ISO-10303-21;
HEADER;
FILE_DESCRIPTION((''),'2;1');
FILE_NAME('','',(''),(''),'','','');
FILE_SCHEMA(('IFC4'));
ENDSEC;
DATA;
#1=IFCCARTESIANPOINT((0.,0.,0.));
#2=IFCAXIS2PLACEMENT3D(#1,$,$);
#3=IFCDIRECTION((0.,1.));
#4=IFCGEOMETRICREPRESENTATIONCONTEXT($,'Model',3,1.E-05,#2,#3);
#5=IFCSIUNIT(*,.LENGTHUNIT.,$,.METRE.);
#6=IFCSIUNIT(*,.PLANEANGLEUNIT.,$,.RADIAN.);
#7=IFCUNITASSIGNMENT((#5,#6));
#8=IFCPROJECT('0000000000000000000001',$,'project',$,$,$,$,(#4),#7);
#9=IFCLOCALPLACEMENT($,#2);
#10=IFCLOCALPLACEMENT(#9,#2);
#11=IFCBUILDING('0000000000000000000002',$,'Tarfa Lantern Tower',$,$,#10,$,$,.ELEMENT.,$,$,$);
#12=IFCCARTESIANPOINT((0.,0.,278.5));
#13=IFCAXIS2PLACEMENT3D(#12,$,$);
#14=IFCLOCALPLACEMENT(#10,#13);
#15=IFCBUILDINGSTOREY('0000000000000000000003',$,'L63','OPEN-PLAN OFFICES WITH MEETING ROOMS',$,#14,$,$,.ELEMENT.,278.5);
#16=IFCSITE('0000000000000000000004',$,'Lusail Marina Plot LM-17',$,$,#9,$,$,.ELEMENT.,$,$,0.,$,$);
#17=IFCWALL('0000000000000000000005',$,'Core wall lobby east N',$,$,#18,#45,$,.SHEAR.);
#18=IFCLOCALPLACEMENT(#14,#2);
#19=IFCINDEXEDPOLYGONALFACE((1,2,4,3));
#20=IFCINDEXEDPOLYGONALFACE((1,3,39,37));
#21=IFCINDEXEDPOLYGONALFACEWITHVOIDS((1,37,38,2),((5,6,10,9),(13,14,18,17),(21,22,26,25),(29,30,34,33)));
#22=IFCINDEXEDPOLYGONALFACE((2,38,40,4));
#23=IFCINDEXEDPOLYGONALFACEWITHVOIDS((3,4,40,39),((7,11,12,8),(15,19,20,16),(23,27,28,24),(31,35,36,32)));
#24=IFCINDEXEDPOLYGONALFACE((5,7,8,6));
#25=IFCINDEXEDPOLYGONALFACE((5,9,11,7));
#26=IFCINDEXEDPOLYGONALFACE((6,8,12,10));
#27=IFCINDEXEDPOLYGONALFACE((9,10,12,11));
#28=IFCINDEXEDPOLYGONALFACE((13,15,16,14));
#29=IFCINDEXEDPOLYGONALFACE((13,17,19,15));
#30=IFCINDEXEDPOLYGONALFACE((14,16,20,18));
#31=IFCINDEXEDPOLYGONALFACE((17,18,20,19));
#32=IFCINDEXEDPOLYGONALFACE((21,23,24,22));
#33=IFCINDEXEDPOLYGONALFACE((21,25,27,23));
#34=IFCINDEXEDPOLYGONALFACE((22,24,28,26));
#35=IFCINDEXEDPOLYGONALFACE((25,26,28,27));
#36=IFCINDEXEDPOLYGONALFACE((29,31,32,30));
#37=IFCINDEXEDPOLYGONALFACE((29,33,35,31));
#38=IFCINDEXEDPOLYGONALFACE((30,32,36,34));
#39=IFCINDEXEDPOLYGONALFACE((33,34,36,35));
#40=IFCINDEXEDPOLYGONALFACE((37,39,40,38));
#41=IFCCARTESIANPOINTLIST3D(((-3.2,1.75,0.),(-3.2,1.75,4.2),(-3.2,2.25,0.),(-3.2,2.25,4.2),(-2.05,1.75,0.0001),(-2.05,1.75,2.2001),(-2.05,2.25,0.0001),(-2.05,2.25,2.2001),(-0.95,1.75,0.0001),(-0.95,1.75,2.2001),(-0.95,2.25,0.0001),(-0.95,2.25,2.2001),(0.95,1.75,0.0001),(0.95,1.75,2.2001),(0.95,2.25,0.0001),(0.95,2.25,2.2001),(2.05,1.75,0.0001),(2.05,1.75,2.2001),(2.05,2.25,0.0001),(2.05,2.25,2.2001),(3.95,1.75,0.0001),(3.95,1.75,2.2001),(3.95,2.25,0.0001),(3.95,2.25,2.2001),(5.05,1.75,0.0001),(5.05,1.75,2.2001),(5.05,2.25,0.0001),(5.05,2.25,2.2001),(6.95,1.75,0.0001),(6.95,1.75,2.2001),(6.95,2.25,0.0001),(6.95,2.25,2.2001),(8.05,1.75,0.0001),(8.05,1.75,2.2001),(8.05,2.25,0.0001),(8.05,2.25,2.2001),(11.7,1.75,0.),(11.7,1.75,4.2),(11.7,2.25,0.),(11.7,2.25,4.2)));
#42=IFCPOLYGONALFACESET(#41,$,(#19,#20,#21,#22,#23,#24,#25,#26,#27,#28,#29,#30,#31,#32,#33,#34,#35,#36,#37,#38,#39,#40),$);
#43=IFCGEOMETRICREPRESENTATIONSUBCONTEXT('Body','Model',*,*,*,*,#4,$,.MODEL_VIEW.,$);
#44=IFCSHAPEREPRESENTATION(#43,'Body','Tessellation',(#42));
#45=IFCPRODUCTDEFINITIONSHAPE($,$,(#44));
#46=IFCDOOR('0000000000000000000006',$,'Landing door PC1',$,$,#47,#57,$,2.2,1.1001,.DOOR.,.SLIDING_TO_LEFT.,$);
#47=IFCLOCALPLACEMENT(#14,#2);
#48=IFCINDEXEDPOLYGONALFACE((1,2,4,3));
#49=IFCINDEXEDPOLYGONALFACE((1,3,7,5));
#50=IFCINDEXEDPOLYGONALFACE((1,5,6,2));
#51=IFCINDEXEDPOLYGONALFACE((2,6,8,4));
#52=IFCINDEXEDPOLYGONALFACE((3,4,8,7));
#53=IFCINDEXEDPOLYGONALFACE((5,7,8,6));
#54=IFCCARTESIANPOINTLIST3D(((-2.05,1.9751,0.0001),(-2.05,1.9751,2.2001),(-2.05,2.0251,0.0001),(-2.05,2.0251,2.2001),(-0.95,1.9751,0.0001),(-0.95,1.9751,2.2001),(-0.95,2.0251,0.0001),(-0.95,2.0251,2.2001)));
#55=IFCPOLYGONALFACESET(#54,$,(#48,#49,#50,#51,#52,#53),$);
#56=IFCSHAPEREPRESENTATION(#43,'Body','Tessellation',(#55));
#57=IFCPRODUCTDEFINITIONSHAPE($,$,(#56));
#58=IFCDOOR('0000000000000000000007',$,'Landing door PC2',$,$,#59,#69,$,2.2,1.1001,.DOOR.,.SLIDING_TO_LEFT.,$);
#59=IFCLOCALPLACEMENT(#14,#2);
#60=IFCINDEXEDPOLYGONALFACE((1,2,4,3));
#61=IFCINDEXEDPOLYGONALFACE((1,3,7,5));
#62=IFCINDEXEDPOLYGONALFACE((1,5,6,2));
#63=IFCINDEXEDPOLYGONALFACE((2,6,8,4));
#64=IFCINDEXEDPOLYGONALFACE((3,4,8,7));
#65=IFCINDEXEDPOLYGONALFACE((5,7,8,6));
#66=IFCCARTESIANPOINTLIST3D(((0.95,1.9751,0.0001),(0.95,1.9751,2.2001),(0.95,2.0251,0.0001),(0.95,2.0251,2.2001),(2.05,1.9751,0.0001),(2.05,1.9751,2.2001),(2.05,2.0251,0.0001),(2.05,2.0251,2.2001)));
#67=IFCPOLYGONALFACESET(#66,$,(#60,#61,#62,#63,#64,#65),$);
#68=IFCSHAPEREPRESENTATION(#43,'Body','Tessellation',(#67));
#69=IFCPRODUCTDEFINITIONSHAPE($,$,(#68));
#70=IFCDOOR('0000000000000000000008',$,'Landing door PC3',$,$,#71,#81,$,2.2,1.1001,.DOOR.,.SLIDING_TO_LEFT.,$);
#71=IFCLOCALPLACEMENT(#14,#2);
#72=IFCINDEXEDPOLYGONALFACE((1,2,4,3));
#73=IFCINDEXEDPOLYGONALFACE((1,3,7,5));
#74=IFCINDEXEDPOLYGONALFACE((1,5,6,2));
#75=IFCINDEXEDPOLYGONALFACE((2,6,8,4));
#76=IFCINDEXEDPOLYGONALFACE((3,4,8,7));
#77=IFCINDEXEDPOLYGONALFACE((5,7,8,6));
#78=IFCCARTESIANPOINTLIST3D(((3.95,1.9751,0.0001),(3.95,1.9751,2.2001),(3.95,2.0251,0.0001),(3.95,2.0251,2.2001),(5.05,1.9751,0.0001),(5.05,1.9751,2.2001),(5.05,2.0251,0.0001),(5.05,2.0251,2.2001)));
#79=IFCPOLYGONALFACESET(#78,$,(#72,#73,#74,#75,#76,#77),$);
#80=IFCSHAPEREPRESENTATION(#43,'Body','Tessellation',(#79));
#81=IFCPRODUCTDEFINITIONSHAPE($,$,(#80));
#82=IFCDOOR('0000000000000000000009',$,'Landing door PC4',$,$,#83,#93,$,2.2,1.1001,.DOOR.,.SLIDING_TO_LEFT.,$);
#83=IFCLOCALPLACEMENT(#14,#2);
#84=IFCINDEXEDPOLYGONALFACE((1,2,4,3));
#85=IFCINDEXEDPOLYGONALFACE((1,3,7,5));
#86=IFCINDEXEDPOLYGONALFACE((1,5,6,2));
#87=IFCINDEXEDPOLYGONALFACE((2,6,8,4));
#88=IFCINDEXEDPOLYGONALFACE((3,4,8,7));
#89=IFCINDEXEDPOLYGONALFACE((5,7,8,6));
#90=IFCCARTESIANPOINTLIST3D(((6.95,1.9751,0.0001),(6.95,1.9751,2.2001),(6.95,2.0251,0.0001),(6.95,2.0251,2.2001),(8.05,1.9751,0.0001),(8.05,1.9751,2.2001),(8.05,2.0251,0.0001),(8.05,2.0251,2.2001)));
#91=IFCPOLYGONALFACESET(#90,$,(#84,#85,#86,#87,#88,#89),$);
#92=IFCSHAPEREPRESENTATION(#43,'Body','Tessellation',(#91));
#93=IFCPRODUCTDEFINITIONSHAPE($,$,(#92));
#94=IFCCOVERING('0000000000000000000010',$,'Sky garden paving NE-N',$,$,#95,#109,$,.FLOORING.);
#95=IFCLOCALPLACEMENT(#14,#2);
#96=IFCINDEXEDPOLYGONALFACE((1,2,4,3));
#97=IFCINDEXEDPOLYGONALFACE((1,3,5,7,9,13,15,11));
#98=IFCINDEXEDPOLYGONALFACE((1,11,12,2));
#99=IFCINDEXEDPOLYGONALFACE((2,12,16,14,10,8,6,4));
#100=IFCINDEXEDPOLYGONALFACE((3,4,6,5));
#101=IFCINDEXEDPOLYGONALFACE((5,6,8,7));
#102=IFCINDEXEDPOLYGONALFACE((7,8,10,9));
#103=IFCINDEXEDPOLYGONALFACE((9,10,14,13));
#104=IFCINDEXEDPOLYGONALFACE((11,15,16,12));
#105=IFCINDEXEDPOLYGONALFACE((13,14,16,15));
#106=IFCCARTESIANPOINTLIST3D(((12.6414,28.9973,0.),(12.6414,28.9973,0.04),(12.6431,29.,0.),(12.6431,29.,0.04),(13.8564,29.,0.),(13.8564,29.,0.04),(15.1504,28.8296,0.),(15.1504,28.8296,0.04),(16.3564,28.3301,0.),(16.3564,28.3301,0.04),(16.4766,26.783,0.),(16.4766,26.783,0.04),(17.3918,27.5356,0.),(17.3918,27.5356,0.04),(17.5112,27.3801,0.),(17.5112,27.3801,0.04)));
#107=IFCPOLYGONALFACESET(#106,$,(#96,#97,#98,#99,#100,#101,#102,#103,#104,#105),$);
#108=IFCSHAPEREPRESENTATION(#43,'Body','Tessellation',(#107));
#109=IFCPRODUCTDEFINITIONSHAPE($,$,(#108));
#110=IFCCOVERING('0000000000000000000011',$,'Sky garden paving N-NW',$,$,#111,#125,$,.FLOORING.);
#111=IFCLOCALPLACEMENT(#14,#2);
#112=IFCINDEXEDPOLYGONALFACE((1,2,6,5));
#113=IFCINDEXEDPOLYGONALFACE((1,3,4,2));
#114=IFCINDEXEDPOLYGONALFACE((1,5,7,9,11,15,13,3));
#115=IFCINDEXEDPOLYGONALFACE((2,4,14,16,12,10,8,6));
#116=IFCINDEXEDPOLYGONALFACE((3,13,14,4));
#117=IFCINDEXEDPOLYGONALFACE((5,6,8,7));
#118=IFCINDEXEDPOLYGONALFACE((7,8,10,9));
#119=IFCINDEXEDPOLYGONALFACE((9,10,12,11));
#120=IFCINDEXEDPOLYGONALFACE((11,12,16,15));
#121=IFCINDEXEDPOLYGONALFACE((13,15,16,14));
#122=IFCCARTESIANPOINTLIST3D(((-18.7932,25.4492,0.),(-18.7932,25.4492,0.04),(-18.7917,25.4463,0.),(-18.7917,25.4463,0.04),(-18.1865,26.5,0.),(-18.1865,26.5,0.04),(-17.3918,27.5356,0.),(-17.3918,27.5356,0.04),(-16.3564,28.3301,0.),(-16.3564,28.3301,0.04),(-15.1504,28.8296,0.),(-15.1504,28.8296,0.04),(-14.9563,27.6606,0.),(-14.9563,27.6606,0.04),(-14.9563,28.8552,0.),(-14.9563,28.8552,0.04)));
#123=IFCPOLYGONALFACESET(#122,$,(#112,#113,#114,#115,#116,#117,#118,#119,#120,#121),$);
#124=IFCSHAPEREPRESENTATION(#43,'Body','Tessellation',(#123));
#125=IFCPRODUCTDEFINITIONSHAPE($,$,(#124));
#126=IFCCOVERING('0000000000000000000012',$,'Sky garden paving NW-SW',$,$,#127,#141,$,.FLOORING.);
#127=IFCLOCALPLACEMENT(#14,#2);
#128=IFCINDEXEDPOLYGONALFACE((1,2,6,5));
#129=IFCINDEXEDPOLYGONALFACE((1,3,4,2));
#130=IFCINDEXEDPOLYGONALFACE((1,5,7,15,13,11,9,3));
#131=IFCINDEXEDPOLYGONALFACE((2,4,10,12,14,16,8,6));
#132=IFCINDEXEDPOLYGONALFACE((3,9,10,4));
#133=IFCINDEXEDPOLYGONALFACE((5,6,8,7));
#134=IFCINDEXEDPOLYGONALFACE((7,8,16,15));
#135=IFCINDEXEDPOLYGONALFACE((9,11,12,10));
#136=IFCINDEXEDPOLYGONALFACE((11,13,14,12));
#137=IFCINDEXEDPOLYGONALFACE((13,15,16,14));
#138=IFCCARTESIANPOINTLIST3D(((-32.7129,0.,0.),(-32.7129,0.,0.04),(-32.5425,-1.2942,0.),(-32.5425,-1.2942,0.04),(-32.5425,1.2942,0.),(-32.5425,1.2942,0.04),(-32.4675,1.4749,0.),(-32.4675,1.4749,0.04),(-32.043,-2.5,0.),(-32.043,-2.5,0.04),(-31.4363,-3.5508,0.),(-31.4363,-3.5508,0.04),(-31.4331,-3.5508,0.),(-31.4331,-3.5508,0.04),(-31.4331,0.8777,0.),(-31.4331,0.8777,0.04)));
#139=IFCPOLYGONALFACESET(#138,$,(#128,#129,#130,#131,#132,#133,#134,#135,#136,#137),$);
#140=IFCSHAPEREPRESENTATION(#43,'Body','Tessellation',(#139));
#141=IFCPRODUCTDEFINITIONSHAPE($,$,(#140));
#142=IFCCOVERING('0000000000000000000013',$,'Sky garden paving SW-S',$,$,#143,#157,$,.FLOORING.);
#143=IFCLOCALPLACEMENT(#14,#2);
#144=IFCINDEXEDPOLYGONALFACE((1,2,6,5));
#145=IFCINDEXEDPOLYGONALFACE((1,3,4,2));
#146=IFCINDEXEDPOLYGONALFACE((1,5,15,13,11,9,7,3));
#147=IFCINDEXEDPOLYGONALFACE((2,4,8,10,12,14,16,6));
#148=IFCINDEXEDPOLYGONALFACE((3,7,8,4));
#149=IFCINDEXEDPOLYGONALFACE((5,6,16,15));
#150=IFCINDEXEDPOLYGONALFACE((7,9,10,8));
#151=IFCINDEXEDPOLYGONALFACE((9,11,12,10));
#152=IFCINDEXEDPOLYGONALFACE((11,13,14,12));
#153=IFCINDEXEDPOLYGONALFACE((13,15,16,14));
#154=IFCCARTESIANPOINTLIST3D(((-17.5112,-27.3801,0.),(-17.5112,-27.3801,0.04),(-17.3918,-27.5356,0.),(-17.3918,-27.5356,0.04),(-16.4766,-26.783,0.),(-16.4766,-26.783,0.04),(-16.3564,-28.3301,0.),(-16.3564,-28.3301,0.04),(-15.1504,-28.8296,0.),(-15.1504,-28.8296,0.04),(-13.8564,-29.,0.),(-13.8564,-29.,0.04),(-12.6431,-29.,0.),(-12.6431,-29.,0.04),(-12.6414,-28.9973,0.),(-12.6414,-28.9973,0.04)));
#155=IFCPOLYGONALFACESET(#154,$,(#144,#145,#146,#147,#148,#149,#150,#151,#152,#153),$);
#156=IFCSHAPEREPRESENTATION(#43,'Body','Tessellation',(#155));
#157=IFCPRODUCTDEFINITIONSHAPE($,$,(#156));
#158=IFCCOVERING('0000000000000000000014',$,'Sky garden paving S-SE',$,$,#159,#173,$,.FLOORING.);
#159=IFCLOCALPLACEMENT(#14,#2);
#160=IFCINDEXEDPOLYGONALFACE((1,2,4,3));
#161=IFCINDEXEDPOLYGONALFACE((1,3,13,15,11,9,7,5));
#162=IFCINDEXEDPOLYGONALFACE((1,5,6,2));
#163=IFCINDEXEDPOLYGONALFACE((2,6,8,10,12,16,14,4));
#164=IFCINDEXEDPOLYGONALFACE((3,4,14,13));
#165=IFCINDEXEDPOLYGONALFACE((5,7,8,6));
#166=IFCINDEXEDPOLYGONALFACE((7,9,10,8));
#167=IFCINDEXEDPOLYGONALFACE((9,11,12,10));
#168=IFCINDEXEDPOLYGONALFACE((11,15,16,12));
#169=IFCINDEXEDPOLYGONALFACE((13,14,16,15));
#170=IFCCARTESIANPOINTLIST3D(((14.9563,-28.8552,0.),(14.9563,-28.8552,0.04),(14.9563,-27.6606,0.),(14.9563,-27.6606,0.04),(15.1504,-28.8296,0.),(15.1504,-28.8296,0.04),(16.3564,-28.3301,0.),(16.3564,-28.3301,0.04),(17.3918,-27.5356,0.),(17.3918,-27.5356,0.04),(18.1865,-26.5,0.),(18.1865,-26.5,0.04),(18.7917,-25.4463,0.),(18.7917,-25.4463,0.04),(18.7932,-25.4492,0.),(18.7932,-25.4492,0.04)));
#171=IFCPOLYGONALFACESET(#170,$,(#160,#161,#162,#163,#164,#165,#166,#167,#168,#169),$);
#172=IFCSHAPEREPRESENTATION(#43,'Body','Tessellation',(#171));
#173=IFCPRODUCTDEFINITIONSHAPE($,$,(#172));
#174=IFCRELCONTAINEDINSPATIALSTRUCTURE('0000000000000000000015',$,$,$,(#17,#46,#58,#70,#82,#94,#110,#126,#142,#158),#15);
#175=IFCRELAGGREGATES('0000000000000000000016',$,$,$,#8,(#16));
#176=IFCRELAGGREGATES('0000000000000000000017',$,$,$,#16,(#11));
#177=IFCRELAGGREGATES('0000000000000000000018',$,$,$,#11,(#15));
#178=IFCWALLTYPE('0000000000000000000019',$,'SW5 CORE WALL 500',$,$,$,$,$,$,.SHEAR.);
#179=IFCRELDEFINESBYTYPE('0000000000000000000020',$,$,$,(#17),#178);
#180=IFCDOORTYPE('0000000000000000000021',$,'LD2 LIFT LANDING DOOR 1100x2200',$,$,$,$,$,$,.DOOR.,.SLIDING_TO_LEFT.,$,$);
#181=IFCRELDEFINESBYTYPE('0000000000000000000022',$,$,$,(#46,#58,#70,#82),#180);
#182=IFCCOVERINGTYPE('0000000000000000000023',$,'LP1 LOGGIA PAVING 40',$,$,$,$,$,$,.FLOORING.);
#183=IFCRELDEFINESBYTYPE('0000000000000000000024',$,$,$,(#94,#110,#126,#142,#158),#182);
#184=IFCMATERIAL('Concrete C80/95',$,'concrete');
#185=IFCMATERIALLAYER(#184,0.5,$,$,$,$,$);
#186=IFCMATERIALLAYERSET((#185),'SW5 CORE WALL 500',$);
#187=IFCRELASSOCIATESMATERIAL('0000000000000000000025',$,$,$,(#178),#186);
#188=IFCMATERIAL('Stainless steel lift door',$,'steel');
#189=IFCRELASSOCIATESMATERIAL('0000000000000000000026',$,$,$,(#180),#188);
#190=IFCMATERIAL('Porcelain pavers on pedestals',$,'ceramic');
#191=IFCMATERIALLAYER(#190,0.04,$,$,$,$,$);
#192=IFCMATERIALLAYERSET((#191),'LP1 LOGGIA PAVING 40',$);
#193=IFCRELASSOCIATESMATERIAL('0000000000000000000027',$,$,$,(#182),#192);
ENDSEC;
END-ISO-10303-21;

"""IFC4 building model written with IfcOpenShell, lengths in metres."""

from ifc_helpers import new_model, si_unit, direction, frame, frame_2d, origin, place, context, subcontext, project, spatial, polyline, rectangle, outline, extrude, material, layer, layer_set, type_object, element, fill, save


model = new_model("IFC4")

# Units and contexts
model_context = context("Model", 3, precision=1e-05, world=origin(), true_north=direction((0.0, 1.0)))
body_context = subcontext(model_context, "Body", "Model", "MODEL_VIEW")
ifc_project = project(units=[si_unit("LENGTHUNIT", "METRE"), si_unit("PLANEANGLEUNIT", "RADIAN")], contexts=[model_context])

# Site, building, storey
site_placement = place(None, origin())
site = spatial("IfcSite", under=ifc_project, at=site_placement, Name="Lusail Marina Plot LM-17", CompositionType="ELEMENT", RefElevation=0.0)
building_placement = place(site_placement, origin())
building = spatial("IfcBuilding", under=site, at=building_placement, Name="Tarfa Lantern Tower", CompositionType="ELEMENT")
storey_placement = place(building_placement, frame((0.0, 0.0, 278.5)))
storey = spatial("IfcBuildingStorey", under=building, at=storey_placement, Name="L63", Description="OPEN-PLAN OFFICES WITH MEETING ROOMS", CompositionType="ELEMENT", Elevation=278.5)

# Shared definitions
ifc_material_1 = material(Name="Concrete C80/95", Category="concrete")
ifc_layer_1 = layer(ifc_material_1, 0.5)
ifc_layer_set_1 = layer_set([ifc_layer_1], Name="SW5 CORE WALL 500")
wall_type = type_object("IfcWallType", Name="SW5 CORE WALL 500", PredefinedType="SHEAR", material=ifc_layer_set_1)

# Wall, openings, doors
wall_1_placement = place(storey_placement, frame((-3.2, 2.0, 0.0), z_axis=(0.0, 0.0, 1.0), x_axis=(1.0, 0.0, 0.0)))
wall_1 = element("IfcWall", 1, at=wall_1_placement, inside=storey, type_object=wall_type, Name="Core wall lobby east N", PredefinedType="SHEAR", context=body_context, shape_type="SweptSolid", body=[
    extrude(rectangle(XDim=14.8999, YDim=0.5, at=frame_2d((7.45, 0.0))), origin(), (0.0, 0.0, 1.0), 4.2),
])
opening_1_placement = place(wall_1_placement, frame((1.1499, 0.0, 0.0)))
opening_1 = element("IfcOpeningElement", 2, at=opening_1_placement, cuts=wall_1, PredefinedType="OPENING", context=body_context, shape_type="SweptSolid", body=[
    extrude(rectangle(XDim=1.1001, YDim=2.2, at=frame_2d((0.55, 1.1001))), frame((0.0, 0.26, 0.0), z_axis=(0.0, -1.0, 0.0), x_axis=(1.0, 0.0, 0.0)), (0.0, 0.0, 1.0), 0.52),
])
opening_2_placement = place(wall_1_placement, frame((4.1499, 0.0, 0.0)))
opening_2 = element("IfcOpeningElement", 3, at=opening_2_placement, cuts=wall_1, PredefinedType="OPENING", context=body_context, shape_type="SweptSolid", body=[
    extrude(rectangle(XDim=1.1001, YDim=2.2, at=frame_2d((0.55, 1.1001))), frame((0.0, 0.26, 0.0), z_axis=(0.0, -1.0, 0.0), x_axis=(1.0, 0.0, 0.0)), (0.0, 0.0, 1.0), 0.52),
])
opening_3_placement = place(wall_1_placement, frame((7.1499, 0.0, 0.0)))
opening_3 = element("IfcOpeningElement", 4, at=opening_3_placement, cuts=wall_1, PredefinedType="OPENING", context=body_context, shape_type="SweptSolid", body=[
    extrude(rectangle(XDim=1.1001, YDim=2.2, at=frame_2d((0.55, 1.1001))), frame((0.0, 0.26, 0.0), z_axis=(0.0, -1.0, 0.0), x_axis=(1.0, 0.0, 0.0)), (0.0, 0.0, 1.0), 0.52),
])
opening_4_placement = place(wall_1_placement, frame((10.1499, 0.0, 0.0)))
opening_4 = element("IfcOpeningElement", 5, at=opening_4_placement, cuts=wall_1, PredefinedType="OPENING", context=body_context, shape_type="SweptSolid", body=[
    extrude(rectangle(XDim=1.1001, YDim=2.2, at=frame_2d((0.55, 1.1001))), frame((0.0, 0.26, 0.0), z_axis=(0.0, -1.0, 0.0), x_axis=(1.0, 0.0, 0.0)), (0.0, 0.0, 1.0), 0.52),
])
ifc_material_2 = material(Name="Stainless steel lift door", Category="steel")
door_type = type_object("IfcDoorType", Name="LD2 LIFT LANDING DOOR 1100x2200", OperationType="SLIDING_TO_LEFT", PredefinedType="DOOR", material=ifc_material_2)
door_1_placement = place(opening_1_placement, frame((1.1001, 0.0, 0.0), z_axis=(0.0, 0.0, 1.0), x_axis=(-1.0, 0.0, 0.0)))
door_1 = element("IfcDoor", 6, at=door_1_placement, inside=storey, type_object=door_type, Name="Landing door PC1", OperationType="SLIDING_TO_LEFT", OverallHeight=2.2, OverallWidth=1.1001, PredefinedType="DOOR", context=body_context, shape_type="SweptSolid", body=[
    extrude(rectangle(XDim=1.1001, YDim=2.2, at=frame_2d((0.55, 1.1001))), frame((0.0, 0.0249, 0.0), z_axis=(0.0, -1.0, 0.0), x_axis=(1.0, 0.0, 0.0)), (0.0, 0.0, 1.0), 0.05),
])
fill(opening_1, door_1)
door_2_placement = place(opening_2_placement, frame((1.1001, 0.0, 0.0), z_axis=(0.0, 0.0, 1.0), x_axis=(-1.0, 0.0, 0.0)))
door_2 = element("IfcDoor", 7, at=door_2_placement, inside=storey, type_object=door_type, Name="Landing door PC2", OperationType="SLIDING_TO_LEFT", OverallHeight=2.2, OverallWidth=1.1001, PredefinedType="DOOR", context=body_context, shape_type="SweptSolid", body=[
    extrude(rectangle(XDim=1.1001, YDim=2.2, at=frame_2d((0.55, 1.1001))), frame((0.0, 0.0249, 0.0), z_axis=(0.0, -1.0, 0.0), x_axis=(1.0, 0.0, 0.0)), (0.0, 0.0, 1.0), 0.05),
])
fill(opening_2, door_2)
door_3_placement = place(opening_3_placement, frame((1.1001, 0.0, 0.0), z_axis=(0.0, 0.0, 1.0), x_axis=(-1.0, 0.0, 0.0)))
door_3 = element("IfcDoor", 8, at=door_3_placement, inside=storey, type_object=door_type, Name="Landing door PC3", OperationType="SLIDING_TO_LEFT", OverallHeight=2.2, OverallWidth=1.1001, PredefinedType="DOOR", context=body_context, shape_type="SweptSolid", body=[
    extrude(rectangle(XDim=1.1001, YDim=2.2, at=frame_2d((0.55, 1.1001))), frame((0.0, 0.0249, 0.0), z_axis=(0.0, -1.0, 0.0), x_axis=(1.0, 0.0, 0.0)), (0.0, 0.0, 1.0), 0.05),
])
fill(opening_3, door_3)
door_4_placement = place(opening_4_placement, frame((1.1001, 0.0, 0.0), z_axis=(0.0, 0.0, 1.0), x_axis=(-1.0, 0.0, 0.0)))
door_4 = element("IfcDoor", 9, at=door_4_placement, inside=storey, type_object=door_type, Name="Landing door PC4", OperationType="SLIDING_TO_LEFT", OverallHeight=2.2, OverallWidth=1.1001, PredefinedType="DOOR", context=body_context, shape_type="SweptSolid", body=[
    extrude(rectangle(XDim=1.1001, YDim=2.2, at=frame_2d((0.55, 1.1001))), frame((0.0, 0.0249, 0.0), z_axis=(0.0, -1.0, 0.0), x_axis=(1.0, 0.0, 0.0)), (0.0, 0.0, 1.0), 0.05),
])
fill(opening_4, door_4)

# Coverings
ifc_material_3 = material(Name="Porcelain pavers on pedestals", Category="ceramic")
ifc_layer_2 = layer(ifc_material_3, 0.04)
ifc_layer_set_2 = layer_set([ifc_layer_2], Name="LP1 LOGGIA PAVING 40")
covering_type = type_object("IfcCoveringType", Name="LP1 LOGGIA PAVING 40", PredefinedType="FLOORING", material=ifc_layer_set_2)
covering_1_placement = place(storey_placement, origin())
element("IfcCovering", 10, at=covering_1_placement, inside=storey, type_object=covering_type, Name="Sky garden paving NE-N", PredefinedType="FLOORING", context=body_context, shape_type="SweptSolid", body=[
    extrude(outline(polyline([(15.1504, 28.8296), (16.3564, 28.3301), (17.3918, 27.5356), (17.5112, 27.3801), (16.4766, 26.783), (12.6414, 28.9973), (12.6431, 29.0), (13.8564, 29.0), (15.1504, 28.8296)])), origin(), (0.0, 0.0, 1.0), 0.04),
])
covering_2_placement = place(storey_placement, origin())
element("IfcCovering", 11, at=covering_2_placement, inside=storey, type_object=covering_type, Name="Sky garden paving N-NW", PredefinedType="FLOORING", context=body_context, shape_type="SweptSolid", body=[
    extrude(outline(polyline([(-17.3918, 27.5356), (-16.3564, 28.3301), (-15.1504, 28.8296), (-14.9563, 28.8552), (-14.9563, 27.6606), (-18.7917, 25.4463), (-18.7932, 25.4492), (-18.1865, 26.5), (-17.3918, 27.5356)])), origin(), (0.0, 0.0, 1.0), 0.04),
])
covering_3_placement = place(storey_placement, origin())
element("IfcCovering", 12, at=covering_3_placement, inside=storey, type_object=covering_type, Name="Sky garden paving NW-SW", PredefinedType="FLOORING", context=body_context, shape_type="SweptSolid", body=[
    extrude(outline(polyline([(-32.5425, -1.2942), (-32.7129, 0.0), (-32.5425, 1.2942), (-32.4675, 1.4749), (-31.4331, 0.8777), (-31.4331, -3.5508), (-31.4363, -3.5508), (-32.043, -2.5), (-32.5425, -1.2942)])), origin(), (0.0, 0.0, 1.0), 0.04),
])
covering_4_placement = place(storey_placement, origin())
element("IfcCovering", 13, at=covering_4_placement, inside=storey, type_object=covering_type, Name="Sky garden paving SW-S", PredefinedType="FLOORING", context=body_context, shape_type="SweptSolid", body=[
    extrude(outline(polyline([(-15.1504, -28.8296), (-16.3564, -28.3301), (-17.3918, -27.5356), (-17.5112, -27.3801), (-16.4766, -26.783), (-12.6414, -28.9973), (-12.6431, -29.0), (-13.8564, -29.0), (-15.1504, -28.8296)])), origin(), (0.0, 0.0, 1.0), 0.04),
])
covering_5_placement = place(storey_placement, origin())
element("IfcCovering", 14, at=covering_5_placement, inside=storey, type_object=covering_type, Name="Sky garden paving S-SE", PredefinedType="FLOORING", context=body_context, shape_type="SweptSolid", body=[
    extrude(outline(polyline([(17.3918, -27.5356), (16.3564, -28.3301), (15.1504, -28.8296), (14.9563, -28.8552), (14.9563, -27.6606), (18.7917, -25.4463), (18.7932, -25.4492), (18.1865, -26.5), (17.3918, -27.5356)])), origin(), (0.0, 0.0, 1.0), 0.04),
])

save(model, "model.ifc")
